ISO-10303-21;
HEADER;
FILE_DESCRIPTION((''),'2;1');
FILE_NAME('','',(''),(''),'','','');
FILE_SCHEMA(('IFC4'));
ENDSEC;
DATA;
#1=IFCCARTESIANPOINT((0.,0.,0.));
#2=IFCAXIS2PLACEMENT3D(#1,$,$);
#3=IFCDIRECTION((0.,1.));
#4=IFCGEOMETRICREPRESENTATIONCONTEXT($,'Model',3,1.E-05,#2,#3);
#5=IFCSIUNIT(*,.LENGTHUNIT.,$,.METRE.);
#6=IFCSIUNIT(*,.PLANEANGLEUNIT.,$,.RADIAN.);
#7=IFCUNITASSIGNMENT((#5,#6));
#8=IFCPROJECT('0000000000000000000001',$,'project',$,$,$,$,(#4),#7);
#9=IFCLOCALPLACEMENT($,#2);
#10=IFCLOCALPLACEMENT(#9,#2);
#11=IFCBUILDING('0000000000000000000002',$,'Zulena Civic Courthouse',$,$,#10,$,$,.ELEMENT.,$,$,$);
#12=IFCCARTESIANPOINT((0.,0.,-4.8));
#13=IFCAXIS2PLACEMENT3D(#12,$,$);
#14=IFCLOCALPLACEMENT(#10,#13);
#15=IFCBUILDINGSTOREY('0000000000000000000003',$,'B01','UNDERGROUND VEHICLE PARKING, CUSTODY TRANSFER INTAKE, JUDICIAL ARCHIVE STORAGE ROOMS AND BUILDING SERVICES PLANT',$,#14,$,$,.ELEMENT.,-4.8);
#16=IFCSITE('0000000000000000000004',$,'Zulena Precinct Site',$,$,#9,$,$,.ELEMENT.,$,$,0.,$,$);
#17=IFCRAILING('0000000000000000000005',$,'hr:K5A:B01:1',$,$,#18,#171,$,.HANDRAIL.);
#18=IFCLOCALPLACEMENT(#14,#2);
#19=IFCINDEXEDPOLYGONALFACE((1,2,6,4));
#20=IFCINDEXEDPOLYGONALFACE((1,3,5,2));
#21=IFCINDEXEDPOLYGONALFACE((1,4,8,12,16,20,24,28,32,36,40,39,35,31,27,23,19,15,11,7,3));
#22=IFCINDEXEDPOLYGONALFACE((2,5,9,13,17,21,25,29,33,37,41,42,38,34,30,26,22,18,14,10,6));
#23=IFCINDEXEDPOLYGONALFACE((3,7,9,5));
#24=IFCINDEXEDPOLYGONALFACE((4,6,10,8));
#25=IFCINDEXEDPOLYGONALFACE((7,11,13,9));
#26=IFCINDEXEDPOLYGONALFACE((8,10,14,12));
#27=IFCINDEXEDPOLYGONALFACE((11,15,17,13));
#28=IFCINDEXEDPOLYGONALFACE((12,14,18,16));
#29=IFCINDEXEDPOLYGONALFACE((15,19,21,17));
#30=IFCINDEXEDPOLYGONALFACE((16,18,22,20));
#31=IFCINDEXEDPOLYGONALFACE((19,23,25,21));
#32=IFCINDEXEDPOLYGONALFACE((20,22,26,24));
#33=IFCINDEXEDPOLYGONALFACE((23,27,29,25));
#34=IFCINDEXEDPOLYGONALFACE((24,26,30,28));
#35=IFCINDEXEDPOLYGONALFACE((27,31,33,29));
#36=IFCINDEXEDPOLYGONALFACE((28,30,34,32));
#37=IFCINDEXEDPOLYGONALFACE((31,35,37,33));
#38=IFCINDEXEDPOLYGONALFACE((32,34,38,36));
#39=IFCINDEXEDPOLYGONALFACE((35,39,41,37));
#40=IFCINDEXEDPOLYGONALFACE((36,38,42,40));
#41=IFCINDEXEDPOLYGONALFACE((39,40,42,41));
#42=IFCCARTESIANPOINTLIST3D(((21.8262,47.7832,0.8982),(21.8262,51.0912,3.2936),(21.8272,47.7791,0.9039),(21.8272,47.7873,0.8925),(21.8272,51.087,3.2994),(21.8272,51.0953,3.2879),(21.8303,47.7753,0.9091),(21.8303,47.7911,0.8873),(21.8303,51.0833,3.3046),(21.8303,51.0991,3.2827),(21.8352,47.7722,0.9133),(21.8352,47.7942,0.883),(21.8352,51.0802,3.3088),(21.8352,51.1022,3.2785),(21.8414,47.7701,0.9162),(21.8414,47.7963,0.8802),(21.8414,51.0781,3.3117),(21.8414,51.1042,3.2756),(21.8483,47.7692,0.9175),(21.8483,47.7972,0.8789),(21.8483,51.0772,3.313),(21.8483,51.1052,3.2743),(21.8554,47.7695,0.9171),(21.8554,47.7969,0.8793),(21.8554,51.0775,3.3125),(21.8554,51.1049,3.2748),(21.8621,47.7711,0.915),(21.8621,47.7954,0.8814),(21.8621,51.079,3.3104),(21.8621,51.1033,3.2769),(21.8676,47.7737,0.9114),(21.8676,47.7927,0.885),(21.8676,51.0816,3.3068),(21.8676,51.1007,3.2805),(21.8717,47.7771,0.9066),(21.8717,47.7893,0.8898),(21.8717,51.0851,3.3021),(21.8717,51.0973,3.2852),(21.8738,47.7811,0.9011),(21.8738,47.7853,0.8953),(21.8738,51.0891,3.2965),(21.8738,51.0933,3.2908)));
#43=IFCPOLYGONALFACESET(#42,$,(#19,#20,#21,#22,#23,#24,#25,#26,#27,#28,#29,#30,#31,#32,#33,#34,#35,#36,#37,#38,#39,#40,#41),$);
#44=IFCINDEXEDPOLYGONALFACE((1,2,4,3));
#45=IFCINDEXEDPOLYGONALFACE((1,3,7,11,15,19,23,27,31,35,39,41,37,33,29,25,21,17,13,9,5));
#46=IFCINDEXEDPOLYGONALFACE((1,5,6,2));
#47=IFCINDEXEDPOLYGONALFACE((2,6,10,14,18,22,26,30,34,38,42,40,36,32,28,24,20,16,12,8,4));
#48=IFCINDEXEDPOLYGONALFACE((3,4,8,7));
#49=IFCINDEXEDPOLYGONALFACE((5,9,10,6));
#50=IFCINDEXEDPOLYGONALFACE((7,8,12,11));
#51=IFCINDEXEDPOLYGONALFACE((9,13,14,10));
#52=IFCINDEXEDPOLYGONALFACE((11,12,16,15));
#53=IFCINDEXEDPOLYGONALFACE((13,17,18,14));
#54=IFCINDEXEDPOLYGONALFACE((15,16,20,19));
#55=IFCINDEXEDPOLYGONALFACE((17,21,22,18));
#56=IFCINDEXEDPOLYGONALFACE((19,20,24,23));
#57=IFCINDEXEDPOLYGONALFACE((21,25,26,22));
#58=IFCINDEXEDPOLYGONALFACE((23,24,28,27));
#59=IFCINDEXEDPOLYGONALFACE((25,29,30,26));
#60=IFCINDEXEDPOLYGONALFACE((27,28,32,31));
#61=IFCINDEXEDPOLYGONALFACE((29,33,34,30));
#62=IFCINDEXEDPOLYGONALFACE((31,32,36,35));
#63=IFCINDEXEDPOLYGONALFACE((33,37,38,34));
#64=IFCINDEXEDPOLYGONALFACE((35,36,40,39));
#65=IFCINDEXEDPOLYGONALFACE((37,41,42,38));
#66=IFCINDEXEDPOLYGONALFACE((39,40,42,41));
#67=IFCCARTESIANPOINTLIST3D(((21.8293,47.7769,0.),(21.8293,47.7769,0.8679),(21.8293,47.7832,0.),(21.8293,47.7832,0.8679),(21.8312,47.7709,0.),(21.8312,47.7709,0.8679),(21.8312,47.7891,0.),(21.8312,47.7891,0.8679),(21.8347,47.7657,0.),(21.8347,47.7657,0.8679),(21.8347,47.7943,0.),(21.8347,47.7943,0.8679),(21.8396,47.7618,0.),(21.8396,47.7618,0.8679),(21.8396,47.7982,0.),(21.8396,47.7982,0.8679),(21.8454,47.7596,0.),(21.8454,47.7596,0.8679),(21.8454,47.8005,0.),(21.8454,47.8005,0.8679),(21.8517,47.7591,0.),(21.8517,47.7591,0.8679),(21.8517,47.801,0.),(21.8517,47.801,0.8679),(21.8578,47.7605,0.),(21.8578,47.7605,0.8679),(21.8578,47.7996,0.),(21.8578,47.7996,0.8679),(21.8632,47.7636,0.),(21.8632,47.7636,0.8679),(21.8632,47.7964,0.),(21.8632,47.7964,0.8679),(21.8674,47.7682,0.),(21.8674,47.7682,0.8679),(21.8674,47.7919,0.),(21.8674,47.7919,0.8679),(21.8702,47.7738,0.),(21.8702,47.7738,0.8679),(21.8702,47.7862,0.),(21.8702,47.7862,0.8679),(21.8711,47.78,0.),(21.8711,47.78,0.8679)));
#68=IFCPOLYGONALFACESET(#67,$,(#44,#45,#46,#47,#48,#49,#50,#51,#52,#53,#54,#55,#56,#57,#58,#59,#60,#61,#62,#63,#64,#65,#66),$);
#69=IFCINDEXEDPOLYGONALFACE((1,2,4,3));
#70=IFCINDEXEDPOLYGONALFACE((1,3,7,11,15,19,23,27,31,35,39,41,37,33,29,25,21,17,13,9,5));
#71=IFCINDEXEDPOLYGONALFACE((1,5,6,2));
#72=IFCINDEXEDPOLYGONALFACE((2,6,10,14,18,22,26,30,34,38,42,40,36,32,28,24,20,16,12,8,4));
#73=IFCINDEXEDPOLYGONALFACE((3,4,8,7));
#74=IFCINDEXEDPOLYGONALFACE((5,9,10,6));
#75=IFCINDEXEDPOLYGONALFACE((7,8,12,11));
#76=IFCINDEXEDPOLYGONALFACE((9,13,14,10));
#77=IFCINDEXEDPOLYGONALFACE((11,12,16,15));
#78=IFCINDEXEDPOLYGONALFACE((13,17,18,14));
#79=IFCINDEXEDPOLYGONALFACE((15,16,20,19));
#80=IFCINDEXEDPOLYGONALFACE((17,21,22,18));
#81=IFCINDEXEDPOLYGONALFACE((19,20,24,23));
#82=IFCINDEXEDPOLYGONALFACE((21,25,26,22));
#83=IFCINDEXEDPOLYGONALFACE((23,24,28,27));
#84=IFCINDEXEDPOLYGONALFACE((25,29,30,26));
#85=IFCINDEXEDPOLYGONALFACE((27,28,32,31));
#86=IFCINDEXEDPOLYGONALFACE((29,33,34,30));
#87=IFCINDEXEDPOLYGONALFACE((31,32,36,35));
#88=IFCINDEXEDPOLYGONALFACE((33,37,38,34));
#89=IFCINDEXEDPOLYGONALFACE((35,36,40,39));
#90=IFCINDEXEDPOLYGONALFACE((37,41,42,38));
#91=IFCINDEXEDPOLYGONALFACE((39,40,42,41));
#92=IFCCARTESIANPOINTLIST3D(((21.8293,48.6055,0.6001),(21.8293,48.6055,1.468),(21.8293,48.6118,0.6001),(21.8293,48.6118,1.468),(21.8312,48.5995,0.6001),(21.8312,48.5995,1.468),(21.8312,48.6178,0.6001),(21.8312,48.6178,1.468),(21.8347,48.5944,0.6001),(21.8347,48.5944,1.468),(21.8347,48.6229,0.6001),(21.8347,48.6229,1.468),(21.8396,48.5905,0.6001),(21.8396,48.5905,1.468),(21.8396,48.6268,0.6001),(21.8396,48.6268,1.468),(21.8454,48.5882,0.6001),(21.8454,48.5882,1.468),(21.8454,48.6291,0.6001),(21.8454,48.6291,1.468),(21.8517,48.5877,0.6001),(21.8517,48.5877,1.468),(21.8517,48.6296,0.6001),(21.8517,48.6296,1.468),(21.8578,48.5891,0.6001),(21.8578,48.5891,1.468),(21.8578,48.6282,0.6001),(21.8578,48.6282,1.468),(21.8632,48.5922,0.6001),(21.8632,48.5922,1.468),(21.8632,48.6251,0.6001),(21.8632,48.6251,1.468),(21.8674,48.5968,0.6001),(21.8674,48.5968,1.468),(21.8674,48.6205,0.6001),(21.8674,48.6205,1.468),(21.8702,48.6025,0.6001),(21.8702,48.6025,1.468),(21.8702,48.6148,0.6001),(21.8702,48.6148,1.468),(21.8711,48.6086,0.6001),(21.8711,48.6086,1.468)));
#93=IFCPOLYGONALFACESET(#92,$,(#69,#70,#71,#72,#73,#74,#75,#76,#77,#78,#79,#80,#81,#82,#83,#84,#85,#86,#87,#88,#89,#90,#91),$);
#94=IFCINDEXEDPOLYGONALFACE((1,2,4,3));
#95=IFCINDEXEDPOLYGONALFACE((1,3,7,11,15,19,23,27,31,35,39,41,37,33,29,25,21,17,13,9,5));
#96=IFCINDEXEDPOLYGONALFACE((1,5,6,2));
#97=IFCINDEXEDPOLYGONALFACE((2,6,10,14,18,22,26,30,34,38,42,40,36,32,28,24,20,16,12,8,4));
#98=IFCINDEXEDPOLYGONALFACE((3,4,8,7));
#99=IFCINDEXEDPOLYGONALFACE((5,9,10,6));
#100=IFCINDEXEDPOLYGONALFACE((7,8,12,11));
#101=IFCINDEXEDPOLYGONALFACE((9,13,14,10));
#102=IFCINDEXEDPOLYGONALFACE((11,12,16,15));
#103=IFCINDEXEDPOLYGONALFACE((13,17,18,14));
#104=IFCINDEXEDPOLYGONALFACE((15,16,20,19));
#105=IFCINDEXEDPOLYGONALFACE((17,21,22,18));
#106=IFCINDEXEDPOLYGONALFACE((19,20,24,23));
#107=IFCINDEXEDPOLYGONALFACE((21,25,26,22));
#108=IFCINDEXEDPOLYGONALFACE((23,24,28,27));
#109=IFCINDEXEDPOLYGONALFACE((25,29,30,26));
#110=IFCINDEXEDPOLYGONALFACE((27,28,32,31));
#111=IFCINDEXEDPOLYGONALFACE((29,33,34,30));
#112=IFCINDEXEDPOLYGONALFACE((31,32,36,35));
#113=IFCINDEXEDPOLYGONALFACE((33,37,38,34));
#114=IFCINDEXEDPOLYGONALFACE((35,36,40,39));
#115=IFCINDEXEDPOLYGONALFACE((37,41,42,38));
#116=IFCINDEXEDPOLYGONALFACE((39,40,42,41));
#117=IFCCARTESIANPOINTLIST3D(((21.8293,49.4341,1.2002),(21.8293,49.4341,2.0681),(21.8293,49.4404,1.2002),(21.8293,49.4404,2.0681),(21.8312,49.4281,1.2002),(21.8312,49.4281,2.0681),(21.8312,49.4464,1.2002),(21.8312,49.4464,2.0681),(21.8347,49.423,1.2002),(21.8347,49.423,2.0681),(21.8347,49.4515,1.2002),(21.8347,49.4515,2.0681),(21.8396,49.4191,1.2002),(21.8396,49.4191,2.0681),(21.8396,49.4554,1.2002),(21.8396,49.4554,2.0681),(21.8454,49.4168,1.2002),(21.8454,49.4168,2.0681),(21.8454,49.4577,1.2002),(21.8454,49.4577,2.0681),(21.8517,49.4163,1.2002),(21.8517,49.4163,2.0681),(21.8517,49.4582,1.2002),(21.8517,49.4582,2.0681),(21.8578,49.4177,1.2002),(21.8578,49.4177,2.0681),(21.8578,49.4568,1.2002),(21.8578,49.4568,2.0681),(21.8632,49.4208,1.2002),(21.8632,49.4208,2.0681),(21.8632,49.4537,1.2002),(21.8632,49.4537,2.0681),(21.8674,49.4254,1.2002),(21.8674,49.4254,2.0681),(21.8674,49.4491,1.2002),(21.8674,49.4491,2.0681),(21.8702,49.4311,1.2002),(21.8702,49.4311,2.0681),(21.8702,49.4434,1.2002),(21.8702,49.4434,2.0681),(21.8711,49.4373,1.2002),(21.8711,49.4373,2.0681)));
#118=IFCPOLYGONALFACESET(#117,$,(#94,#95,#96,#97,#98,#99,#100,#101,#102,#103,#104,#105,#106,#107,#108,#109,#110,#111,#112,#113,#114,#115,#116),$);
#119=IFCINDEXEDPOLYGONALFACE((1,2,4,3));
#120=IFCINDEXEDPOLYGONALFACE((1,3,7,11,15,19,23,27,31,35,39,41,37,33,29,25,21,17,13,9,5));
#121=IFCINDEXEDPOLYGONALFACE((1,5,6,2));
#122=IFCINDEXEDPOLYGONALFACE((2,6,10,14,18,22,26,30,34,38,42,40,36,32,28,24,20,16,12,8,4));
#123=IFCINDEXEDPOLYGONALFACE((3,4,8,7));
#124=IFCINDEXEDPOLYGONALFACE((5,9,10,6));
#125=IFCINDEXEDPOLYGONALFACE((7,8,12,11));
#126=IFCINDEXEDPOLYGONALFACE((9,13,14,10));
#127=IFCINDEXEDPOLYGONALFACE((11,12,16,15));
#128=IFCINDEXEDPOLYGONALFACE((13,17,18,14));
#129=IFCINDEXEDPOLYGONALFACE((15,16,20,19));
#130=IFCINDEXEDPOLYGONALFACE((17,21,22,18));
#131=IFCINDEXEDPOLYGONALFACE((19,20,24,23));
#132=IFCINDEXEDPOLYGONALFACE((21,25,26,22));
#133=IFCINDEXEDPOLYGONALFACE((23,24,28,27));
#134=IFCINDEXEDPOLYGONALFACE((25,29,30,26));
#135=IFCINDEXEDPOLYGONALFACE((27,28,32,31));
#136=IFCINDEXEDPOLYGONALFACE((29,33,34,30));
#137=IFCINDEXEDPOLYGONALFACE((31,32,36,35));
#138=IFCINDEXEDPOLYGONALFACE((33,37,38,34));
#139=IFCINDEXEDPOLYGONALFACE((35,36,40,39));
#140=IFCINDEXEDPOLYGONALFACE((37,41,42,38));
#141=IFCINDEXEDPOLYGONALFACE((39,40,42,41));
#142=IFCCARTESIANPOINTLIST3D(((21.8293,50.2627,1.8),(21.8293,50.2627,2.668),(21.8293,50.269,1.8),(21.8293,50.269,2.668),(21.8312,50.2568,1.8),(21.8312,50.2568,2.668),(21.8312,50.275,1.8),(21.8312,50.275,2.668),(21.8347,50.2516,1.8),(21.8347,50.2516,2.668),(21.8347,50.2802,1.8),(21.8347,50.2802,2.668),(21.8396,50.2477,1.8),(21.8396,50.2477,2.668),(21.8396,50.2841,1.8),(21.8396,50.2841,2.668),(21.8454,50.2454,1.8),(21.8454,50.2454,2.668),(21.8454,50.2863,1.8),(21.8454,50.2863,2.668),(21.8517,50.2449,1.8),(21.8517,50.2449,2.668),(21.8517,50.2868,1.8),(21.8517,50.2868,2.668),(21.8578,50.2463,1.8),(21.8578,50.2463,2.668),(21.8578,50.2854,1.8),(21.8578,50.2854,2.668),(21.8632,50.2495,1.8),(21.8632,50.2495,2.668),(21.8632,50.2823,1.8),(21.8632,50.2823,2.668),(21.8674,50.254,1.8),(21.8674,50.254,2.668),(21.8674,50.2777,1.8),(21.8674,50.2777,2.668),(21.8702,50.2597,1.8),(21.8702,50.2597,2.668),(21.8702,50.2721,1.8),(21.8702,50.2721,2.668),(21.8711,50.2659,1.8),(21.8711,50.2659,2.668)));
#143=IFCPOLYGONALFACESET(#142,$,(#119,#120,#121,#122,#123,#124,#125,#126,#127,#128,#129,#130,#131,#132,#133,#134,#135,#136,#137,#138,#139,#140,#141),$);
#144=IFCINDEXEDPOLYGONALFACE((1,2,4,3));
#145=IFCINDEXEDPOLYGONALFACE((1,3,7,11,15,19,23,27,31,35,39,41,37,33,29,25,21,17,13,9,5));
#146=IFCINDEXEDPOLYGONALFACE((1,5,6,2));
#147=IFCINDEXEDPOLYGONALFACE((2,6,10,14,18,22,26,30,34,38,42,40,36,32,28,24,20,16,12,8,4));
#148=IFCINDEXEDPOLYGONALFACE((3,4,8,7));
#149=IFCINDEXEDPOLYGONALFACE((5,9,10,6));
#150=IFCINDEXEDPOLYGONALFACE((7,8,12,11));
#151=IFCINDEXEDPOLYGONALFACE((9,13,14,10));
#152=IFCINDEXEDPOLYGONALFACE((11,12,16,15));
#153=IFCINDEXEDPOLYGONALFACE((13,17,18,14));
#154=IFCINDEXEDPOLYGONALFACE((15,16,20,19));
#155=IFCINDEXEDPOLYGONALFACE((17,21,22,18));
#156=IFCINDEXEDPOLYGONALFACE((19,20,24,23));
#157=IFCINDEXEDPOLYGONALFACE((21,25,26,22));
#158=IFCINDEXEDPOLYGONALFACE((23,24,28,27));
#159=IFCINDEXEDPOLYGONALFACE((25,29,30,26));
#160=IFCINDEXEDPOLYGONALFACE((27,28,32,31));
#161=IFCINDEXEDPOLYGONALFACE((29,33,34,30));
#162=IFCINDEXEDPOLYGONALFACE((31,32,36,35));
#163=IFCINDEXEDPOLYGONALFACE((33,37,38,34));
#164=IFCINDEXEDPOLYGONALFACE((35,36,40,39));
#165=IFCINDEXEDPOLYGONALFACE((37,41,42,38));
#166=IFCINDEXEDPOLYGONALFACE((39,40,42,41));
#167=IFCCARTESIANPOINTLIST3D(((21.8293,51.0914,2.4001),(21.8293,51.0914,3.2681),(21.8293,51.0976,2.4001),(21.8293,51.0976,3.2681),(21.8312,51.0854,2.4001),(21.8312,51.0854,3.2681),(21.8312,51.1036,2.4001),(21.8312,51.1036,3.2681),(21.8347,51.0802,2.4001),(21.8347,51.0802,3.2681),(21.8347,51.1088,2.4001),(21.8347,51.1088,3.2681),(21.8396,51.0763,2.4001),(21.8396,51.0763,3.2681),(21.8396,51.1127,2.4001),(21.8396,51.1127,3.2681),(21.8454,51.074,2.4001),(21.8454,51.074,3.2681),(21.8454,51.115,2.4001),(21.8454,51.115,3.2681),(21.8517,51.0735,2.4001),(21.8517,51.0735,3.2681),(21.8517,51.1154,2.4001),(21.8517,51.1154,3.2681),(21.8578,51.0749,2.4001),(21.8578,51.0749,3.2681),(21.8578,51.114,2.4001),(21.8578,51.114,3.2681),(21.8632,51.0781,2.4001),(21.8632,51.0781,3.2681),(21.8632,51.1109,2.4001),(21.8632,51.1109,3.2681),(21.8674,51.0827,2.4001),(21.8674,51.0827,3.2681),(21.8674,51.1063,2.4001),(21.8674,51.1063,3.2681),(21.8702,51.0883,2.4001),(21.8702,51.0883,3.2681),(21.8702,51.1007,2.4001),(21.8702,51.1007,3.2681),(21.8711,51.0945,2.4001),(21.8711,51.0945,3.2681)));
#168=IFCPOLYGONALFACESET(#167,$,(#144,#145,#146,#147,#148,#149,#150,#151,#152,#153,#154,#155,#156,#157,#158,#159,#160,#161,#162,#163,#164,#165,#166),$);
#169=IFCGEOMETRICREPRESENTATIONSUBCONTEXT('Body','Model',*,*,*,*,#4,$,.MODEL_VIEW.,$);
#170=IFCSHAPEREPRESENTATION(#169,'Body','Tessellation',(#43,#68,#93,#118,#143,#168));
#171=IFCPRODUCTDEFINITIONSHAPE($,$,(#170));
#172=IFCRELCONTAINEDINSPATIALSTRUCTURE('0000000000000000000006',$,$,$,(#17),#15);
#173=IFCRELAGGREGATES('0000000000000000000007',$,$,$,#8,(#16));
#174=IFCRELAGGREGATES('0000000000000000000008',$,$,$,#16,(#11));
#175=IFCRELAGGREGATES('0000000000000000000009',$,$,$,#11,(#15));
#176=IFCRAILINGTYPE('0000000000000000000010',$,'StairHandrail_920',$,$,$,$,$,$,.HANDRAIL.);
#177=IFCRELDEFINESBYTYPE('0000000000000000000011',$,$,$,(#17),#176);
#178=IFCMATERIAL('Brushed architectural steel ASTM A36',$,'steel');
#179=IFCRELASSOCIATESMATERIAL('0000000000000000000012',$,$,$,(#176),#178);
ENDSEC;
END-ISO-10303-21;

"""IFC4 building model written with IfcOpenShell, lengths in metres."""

from ifc_helpers import new_model, si_unit, direction, frame, origin, origin_2d, place, context, subcontext, project, spatial, circle, extrude, material, type_object, element, save


model = new_model("IFC4")

# Units and contexts
model_context = context("Model", 3, precision=1e-05, world=origin(), true_north=direction((0.0, 1.0)))
body_context = subcontext(model_context, "Body", "Model", "MODEL_VIEW")
ifc_project = project(units=[si_unit("LENGTHUNIT", "METRE"), si_unit("PLANEANGLEUNIT", "RADIAN")], contexts=[model_context])

# Site, building, storey
site_placement = place(None, origin())
site = spatial("IfcSite", under=ifc_project, at=site_placement, Name="Zulena Precinct Site", CompositionType="ELEMENT", RefElevation=0.0)
building_placement = place(site_placement, origin())
building = spatial("IfcBuilding", under=site, at=building_placement, Name="Zulena Civic Courthouse", CompositionType="ELEMENT")
storey_placement = place(building_placement, frame((0.0, 0.0, -4.8)))
storey = spatial("IfcBuildingStorey", under=building, at=storey_placement, Name="B01", Description="UNDERGROUND VEHICLE PARKING, CUSTODY TRANSFER INTAKE, JUDICIAL ARCHIVE STORAGE ROOMS AND BUILDING SERVICES PLANT", CompositionType="ELEMENT", Elevation=-4.8)

# Railing
ifc_material_1 = material(Name="Brushed architectural steel ASTM A36", Category="steel")
railing_type_1 = type_object("IfcRailingType", Name="StairHandrail_920", PredefinedType="HANDRAIL", material=ifc_material_1)
railing_1_placement = place(storey_placement, frame((21.8501, 47.78, 0.0)))
element("IfcRailing", 1, at=railing_1_placement, inside=storey, type_object=railing_type_1, Name="hr:K5A:B01:1", PredefinedType="HANDRAIL", context=body_context, shape_type="SweptSolid", body=[
    extrude(circle(Radius=0.0239, at=origin_2d()), frame((0.0, 0.0032, 0.8982), z_axis=(0.0, 0.809939, 0.586514), x_axis=(-1.0, 0.0, 0.0)), (0.0, 0.0, 1.0), 4.0842),
    extrude(circle(Radius=0.021, at=origin_2d()), origin(), (0.0, 0.0, 1.0), 0.8679),
    extrude(circle(Radius=0.021, at=origin_2d()), frame((0.0, 0.8286, 0.6001)), (0.0, 0.0, 1.0), 0.8679),
    extrude(circle(Radius=0.021, at=origin_2d()), frame((0.0, 1.6572, 1.2002)), (0.0, 0.0, 1.0), 0.8679),
    extrude(circle(Radius=0.021, at=origin_2d()), frame((0.0, 2.4858, 1.8)), (0.0, 0.0, 1.0), 0.8679),
    extrude(circle(Radius=0.021, at=origin_2d()), frame((0.0, 3.3145, 2.4001)), (0.0, 0.0, 1.0), 0.8679),
])

save(model, "model.ifc")
